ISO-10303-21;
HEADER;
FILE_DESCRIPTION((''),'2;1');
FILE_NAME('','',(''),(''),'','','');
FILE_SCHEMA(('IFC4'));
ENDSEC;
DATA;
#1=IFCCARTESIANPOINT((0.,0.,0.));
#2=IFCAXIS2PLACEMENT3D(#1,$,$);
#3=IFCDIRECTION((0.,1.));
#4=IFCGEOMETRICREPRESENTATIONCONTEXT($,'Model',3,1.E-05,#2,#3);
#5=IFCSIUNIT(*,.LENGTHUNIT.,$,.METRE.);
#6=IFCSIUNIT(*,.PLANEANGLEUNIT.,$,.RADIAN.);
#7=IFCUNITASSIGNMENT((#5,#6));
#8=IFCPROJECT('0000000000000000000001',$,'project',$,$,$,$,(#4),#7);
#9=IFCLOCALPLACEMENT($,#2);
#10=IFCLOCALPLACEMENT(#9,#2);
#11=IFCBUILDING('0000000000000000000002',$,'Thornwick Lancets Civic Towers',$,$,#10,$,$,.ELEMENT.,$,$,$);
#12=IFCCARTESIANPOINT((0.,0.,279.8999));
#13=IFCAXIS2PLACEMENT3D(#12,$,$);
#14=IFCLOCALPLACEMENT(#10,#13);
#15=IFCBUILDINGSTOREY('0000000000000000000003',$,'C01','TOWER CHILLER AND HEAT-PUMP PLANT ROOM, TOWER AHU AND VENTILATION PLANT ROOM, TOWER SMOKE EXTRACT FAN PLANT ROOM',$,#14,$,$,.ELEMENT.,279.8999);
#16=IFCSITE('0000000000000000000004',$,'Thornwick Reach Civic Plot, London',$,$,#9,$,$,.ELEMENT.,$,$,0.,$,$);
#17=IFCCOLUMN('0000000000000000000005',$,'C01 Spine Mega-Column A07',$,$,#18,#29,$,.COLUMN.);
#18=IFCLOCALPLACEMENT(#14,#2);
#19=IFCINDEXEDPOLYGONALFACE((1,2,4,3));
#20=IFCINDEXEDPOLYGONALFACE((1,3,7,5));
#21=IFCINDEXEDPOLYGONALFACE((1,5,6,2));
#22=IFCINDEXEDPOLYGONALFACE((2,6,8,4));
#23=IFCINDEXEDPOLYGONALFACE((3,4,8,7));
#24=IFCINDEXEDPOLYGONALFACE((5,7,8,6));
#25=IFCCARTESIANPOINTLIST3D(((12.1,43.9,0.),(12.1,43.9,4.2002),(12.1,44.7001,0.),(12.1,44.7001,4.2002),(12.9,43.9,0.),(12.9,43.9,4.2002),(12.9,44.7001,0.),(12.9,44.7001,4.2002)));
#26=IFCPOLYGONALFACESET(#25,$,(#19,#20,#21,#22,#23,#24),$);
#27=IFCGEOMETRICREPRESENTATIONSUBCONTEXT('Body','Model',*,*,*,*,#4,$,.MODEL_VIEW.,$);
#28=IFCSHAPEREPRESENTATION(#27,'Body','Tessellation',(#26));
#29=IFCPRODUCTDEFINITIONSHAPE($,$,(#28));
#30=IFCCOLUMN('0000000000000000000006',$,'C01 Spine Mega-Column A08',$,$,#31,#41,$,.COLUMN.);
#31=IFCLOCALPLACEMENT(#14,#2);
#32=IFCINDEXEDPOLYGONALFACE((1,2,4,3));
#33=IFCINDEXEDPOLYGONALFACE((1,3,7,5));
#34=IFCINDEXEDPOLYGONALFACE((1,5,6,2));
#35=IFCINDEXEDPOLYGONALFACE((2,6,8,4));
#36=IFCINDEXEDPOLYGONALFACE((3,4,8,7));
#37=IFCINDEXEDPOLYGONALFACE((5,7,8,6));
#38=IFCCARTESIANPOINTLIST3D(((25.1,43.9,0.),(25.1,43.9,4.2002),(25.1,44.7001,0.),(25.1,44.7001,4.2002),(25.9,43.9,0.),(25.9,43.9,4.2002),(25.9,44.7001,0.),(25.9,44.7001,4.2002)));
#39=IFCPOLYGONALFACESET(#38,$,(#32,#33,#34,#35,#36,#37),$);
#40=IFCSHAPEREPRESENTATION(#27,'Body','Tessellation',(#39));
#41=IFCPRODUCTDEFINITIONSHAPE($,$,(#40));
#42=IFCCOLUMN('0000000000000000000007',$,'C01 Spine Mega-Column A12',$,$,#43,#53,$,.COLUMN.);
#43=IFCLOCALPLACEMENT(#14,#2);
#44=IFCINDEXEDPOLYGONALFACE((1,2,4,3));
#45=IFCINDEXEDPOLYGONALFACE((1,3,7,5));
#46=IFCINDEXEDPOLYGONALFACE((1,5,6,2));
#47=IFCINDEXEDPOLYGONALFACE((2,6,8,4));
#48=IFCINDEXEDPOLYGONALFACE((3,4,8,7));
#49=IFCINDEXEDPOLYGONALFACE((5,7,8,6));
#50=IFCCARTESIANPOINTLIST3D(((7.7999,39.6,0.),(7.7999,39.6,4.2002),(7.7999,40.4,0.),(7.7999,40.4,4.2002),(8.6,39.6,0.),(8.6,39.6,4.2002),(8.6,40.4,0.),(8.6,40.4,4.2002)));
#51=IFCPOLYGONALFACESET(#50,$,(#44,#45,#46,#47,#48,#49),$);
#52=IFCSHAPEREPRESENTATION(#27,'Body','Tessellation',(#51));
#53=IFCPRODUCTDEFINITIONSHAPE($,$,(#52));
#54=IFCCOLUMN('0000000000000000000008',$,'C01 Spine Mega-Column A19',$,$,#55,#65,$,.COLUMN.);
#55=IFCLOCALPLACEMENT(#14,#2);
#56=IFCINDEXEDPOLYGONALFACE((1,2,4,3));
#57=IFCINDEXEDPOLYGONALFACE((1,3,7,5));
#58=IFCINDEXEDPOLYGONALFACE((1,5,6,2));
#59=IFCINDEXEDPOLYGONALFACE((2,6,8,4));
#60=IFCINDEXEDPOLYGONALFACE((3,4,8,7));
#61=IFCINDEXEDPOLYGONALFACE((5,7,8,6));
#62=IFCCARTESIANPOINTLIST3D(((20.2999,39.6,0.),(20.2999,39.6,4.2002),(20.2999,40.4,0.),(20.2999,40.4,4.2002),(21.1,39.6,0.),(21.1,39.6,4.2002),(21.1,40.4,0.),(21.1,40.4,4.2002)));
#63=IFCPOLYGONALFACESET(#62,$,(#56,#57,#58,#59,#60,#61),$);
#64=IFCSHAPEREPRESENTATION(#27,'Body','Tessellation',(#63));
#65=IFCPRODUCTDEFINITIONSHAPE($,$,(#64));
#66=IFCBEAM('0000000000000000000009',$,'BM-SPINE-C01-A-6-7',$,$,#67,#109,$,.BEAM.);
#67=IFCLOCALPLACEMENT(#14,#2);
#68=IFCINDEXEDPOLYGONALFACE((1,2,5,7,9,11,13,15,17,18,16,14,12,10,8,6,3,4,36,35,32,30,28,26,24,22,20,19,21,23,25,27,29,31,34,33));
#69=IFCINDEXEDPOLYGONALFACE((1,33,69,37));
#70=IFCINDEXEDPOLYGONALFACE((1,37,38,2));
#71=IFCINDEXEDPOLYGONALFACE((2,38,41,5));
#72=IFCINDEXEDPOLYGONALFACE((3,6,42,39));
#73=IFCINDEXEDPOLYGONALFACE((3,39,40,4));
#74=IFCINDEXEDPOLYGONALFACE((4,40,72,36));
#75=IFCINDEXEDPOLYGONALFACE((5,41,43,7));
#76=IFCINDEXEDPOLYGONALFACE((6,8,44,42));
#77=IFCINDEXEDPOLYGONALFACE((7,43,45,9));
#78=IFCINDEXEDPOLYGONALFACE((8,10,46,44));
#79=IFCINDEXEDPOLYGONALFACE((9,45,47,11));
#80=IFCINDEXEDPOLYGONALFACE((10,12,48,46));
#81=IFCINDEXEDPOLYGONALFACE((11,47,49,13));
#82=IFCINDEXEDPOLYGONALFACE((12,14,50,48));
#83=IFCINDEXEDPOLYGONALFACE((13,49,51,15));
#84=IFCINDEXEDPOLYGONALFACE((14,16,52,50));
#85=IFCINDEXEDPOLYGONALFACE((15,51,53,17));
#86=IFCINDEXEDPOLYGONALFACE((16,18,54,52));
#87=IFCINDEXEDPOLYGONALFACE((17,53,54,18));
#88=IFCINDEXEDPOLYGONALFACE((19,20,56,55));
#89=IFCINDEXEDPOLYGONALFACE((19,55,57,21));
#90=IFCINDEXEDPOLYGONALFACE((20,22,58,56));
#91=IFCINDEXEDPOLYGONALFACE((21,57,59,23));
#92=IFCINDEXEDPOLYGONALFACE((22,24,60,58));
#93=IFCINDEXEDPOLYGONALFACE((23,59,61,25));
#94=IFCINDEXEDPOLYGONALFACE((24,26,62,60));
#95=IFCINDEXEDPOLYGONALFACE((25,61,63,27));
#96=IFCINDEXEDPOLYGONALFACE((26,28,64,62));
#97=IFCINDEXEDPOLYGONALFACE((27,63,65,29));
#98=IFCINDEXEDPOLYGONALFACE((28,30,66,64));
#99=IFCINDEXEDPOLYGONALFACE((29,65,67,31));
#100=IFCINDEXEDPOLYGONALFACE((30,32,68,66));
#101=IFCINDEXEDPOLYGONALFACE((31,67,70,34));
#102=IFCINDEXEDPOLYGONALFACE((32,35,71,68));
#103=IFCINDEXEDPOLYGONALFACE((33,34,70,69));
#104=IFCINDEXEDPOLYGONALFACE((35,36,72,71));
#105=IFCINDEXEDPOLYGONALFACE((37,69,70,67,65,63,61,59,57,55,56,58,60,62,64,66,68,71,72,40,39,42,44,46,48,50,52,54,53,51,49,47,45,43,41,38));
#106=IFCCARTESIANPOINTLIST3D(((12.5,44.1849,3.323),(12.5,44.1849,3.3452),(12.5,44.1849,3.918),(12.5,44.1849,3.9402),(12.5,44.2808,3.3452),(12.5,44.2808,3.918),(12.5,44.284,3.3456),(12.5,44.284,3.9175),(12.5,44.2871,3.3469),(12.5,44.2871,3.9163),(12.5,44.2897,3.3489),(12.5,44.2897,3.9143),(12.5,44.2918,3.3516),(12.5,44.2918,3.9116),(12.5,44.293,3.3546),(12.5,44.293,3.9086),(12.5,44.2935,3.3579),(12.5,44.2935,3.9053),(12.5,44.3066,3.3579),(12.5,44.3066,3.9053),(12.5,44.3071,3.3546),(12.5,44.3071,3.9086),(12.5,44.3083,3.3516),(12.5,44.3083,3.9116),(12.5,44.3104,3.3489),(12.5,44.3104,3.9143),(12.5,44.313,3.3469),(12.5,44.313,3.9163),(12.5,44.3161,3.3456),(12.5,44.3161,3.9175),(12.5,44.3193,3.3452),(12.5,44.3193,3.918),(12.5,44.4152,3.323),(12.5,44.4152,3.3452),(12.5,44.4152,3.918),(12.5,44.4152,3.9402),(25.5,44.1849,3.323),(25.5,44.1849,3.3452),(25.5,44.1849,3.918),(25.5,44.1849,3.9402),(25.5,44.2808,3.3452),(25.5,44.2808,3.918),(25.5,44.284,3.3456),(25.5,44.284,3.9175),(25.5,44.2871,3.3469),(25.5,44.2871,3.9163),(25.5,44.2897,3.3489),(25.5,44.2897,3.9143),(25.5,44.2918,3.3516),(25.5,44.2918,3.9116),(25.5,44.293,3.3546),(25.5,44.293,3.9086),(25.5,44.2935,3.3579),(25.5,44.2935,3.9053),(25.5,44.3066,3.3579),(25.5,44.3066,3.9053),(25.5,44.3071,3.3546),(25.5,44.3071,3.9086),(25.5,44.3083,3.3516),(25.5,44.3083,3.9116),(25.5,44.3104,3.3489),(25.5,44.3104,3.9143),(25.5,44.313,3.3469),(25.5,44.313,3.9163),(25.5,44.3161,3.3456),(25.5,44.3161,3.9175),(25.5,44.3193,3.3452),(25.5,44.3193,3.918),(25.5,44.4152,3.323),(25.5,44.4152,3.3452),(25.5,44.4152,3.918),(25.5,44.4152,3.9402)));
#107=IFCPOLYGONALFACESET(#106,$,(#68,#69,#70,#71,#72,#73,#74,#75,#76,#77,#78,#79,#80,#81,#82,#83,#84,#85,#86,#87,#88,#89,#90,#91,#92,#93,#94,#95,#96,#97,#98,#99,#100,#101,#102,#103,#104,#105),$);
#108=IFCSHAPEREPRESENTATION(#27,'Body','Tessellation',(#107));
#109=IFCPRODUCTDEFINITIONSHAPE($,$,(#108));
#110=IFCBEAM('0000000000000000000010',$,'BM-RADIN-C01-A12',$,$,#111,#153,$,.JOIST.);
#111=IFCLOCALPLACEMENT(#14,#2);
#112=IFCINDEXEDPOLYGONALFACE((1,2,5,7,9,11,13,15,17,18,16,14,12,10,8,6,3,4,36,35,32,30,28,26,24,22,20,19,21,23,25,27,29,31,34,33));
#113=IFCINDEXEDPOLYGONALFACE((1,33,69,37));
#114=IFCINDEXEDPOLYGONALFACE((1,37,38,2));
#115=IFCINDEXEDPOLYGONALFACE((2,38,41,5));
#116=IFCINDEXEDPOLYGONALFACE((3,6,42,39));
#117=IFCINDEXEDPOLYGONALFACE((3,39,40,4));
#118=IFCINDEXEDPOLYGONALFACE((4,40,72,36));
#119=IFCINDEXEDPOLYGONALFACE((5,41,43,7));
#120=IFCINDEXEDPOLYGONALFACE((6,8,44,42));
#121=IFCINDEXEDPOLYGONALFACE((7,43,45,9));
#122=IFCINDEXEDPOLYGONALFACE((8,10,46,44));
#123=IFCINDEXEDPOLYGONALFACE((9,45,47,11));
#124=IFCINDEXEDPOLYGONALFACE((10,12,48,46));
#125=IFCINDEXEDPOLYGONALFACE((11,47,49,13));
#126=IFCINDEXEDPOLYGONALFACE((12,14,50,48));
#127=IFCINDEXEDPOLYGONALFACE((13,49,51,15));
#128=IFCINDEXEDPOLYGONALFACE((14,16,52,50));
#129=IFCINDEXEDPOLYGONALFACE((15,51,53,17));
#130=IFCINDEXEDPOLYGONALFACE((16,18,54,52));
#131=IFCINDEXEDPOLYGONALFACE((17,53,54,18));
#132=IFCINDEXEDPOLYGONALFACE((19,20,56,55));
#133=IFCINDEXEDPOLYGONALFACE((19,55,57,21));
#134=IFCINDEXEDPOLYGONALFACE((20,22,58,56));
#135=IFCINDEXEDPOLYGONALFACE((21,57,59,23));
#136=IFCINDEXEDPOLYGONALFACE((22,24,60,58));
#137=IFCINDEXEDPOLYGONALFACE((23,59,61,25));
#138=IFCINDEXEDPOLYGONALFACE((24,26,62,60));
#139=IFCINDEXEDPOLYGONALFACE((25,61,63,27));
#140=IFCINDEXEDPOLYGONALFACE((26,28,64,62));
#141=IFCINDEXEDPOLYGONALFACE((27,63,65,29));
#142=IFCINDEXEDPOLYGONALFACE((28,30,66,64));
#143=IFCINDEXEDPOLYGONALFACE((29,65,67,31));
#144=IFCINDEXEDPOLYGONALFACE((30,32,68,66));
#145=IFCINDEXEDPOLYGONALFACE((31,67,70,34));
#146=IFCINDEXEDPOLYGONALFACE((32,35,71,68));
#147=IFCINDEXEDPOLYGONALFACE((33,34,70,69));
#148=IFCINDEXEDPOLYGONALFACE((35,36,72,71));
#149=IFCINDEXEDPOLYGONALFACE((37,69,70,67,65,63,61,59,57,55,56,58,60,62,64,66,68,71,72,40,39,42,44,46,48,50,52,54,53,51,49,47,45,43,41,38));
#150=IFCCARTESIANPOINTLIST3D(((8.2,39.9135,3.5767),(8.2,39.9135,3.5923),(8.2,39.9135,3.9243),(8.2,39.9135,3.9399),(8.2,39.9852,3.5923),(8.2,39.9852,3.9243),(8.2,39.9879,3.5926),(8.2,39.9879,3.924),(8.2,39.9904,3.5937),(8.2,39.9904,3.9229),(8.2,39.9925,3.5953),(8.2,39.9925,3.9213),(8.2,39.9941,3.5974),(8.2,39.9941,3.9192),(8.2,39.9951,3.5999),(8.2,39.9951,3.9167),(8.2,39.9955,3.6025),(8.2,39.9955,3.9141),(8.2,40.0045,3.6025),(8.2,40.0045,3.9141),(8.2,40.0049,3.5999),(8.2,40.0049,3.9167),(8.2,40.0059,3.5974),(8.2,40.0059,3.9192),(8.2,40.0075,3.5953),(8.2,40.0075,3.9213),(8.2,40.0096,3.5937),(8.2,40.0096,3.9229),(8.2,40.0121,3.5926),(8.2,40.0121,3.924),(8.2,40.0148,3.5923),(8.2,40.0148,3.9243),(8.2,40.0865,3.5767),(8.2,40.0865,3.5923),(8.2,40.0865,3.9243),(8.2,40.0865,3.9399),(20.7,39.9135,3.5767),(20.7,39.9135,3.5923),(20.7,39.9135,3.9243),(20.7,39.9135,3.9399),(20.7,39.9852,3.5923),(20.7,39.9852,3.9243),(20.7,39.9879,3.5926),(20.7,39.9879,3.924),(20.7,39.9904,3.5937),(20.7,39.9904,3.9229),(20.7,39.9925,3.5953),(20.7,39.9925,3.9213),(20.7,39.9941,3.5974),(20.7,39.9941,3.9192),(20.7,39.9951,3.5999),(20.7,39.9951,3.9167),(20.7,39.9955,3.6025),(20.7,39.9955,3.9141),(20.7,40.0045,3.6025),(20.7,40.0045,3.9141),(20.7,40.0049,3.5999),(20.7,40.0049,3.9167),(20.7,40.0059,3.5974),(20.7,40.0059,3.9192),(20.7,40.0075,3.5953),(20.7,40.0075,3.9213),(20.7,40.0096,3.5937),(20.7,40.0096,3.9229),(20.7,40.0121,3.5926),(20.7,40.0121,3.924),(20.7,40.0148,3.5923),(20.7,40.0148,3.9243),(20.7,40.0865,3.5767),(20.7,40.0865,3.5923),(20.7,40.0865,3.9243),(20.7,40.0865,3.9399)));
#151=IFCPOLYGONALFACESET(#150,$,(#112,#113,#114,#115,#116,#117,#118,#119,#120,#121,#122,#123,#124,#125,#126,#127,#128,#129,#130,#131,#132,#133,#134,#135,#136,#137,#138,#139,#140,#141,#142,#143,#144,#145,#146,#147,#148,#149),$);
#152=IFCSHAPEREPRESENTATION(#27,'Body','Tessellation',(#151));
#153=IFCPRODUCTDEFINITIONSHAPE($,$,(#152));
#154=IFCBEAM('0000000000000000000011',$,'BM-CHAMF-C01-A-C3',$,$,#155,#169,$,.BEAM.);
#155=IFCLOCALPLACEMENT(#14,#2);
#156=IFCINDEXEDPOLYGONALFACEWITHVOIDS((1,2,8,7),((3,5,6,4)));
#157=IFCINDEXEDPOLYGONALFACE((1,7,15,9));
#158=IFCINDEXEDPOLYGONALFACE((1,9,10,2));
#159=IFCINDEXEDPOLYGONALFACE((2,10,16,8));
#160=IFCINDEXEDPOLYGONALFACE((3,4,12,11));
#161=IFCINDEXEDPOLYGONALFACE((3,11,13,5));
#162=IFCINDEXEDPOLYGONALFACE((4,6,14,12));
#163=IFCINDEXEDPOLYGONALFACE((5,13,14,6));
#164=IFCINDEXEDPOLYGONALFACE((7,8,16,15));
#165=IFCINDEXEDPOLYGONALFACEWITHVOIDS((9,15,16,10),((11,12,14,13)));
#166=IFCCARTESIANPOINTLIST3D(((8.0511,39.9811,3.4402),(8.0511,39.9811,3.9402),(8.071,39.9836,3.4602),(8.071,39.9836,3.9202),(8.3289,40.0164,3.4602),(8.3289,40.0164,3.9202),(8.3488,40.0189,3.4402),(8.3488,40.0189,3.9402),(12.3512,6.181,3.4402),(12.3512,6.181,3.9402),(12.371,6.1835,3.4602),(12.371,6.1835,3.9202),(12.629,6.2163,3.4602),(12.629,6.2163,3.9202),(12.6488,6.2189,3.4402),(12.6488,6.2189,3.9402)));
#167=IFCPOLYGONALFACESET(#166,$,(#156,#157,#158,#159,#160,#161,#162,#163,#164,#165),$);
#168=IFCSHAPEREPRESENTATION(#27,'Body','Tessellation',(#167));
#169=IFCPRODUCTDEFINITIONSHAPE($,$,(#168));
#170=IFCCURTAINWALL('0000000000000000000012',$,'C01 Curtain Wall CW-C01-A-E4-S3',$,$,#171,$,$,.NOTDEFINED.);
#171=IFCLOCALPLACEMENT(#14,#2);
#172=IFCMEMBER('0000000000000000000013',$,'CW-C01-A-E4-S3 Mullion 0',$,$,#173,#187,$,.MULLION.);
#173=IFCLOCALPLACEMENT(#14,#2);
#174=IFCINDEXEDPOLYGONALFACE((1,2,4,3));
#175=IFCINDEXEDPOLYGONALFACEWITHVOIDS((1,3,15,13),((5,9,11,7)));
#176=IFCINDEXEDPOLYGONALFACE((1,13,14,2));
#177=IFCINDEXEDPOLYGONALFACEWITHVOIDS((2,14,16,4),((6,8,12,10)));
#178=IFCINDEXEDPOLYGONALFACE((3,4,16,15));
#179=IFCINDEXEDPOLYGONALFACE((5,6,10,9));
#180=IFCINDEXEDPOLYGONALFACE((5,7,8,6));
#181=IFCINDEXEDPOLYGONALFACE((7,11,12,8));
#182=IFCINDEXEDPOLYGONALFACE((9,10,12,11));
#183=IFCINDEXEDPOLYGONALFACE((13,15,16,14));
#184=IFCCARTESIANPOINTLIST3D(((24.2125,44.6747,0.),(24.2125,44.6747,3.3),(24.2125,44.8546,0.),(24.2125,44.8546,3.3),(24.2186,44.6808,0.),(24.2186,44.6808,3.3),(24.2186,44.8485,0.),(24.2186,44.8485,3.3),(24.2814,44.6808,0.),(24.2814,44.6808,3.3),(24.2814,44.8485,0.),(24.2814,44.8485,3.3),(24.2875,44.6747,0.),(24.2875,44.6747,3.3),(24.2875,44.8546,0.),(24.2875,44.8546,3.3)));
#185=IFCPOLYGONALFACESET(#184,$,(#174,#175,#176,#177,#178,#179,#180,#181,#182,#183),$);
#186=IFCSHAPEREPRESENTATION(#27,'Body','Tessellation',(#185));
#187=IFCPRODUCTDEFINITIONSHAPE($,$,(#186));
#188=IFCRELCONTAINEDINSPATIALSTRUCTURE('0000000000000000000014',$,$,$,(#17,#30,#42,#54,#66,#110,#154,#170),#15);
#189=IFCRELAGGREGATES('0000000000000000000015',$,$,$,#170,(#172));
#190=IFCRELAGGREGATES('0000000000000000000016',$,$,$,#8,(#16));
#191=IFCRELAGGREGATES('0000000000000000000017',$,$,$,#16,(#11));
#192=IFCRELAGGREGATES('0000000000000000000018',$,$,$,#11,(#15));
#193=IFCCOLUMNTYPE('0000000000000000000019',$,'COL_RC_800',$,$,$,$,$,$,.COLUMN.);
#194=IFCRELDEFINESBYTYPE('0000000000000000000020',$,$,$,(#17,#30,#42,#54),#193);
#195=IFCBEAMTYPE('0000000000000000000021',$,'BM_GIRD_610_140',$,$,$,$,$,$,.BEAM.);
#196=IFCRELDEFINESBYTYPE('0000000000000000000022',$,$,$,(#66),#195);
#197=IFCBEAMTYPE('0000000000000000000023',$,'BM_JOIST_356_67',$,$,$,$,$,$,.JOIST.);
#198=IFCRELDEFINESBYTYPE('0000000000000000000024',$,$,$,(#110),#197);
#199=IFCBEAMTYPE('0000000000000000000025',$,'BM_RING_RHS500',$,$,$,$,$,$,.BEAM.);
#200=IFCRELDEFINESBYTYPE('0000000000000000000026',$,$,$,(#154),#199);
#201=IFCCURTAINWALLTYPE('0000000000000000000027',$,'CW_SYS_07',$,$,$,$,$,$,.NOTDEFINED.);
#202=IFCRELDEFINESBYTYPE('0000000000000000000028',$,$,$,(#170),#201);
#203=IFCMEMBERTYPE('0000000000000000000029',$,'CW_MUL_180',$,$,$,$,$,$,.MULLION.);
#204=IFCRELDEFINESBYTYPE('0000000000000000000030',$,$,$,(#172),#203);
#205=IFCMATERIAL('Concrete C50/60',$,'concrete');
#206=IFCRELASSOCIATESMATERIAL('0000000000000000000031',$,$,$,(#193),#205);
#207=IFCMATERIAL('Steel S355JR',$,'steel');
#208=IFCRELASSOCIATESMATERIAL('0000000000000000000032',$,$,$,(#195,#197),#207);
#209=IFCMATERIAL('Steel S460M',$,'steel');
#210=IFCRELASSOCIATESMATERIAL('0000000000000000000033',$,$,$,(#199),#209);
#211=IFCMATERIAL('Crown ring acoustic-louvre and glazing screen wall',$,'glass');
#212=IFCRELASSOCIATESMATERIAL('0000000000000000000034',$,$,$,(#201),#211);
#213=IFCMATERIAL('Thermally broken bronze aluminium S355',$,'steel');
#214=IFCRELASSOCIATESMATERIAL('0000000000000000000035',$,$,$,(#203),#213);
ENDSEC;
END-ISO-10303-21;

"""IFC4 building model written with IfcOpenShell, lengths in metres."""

from ifc_helpers import new_model, si_unit, direction, frame, origin, origin_2d, place, context, subcontext, project, spatial, rectangle, hollow_rectangle, i_section, extrude, material, material_profile, profile_set, type_object, element, aggregate, save


model = new_model("IFC4")

# Units and contexts
model_context = context("Model", 3, precision=1e-05, world=origin(), true_north=direction((0.0, 1.0)))
body_context = subcontext(model_context, "Body", "Model", "MODEL_VIEW")
ifc_project = project(units=[si_unit("LENGTHUNIT", "METRE"), si_unit("PLANEANGLEUNIT", "RADIAN")], contexts=[model_context])

# Site, building, storey
site_placement = place(None, origin())
site = spatial("IfcSite", under=ifc_project, at=site_placement, Name="Thornwick Reach Civic Plot, London", CompositionType="ELEMENT", RefElevation=0.0)
building_placement = place(site_placement, origin())
building = spatial("IfcBuilding", under=site, at=building_placement, Name="Thornwick Lancets Civic Towers", CompositionType="ELEMENT")
storey_placement = place(building_placement, frame((0.0, 0.0, 279.8999)))
storey = spatial("IfcBuildingStorey", under=building, at=storey_placement, Name="C01", Description="TOWER CHILLER AND HEAT-PUMP PLANT ROOM, TOWER AHU AND VENTILATION PLANT ROOM, TOWER SMOKE EXTRACT FAN PLANT ROOM", CompositionType="ELEMENT", Elevation=279.8999)

# Columns
ifc_material_1 = material(Name="Concrete C50/60", Category="concrete")
ifc_material_profile_1 = material_profile(ifc_material_1, rectangle(XDim=0.8, YDim=0.8, at=origin_2d()), Name="RC 800x800")
ifc_profile_set_1 = profile_set([ifc_material_profile_1], Name="Concrete C50/60")
column_type = type_object("IfcColumnType", Name="COL_RC_800", PredefinedType="COLUMN", material=ifc_profile_set_1)
for number, where, z_axis, x_axis, name in (
    (1, (12.5, 44.3, 0.0), (0.0, 0.0, 1.0), (1.0, 0.0, 0.0), "C01 Spine Mega-Column A07"),
    (2, (25.5, 44.3, 0.0), (0.0, 0.0, 1.0), (1.0, 0.0, 0.0), "C01 Spine Mega-Column A08"),
    (3, (8.2, 40.0, 0.0), (0.0, 0.0, 1.0), (1.0, 0.0, 0.0), "C01 Spine Mega-Column A12"),
    (4, (20.7, 40.0, 0.0), (0.0, 0.0, 1.0), (1.0, 0.0, 0.0), "C01 Spine Mega-Column A19"),
):
    element("IfcColumn", number, at=place(storey_placement, frame(where, z_axis=z_axis, x_axis=x_axis)), inside=storey, type_object=column_type, Name=name, PredefinedType="COLUMN", context=body_context, shape_type="SweptSolid", body=[
        extrude(rectangle(XDim=0.8, YDim=0.8, at=origin_2d()), origin(), (0.0, 0.0, 1.0), 4.2002),
    ])

# Beams
ifc_material_2 = material(Name="Steel S355JR", Category="steel")
ifc_material_profile_2 = material_profile(ifc_material_2, i_section(OverallWidth=0.2302, OverallDepth=0.6172, WebThickness=0.0132, FlangeThickness=0.0222, FilletRadius=0.0127, at=origin_2d()), Name="UKB 610x229x140")
ifc_profile_set_2 = profile_set([ifc_material_profile_2], Name="Steel S355JR")
beam_type_1 = type_object("IfcBeamType", Name="BM_GIRD_610_140", PredefinedType="BEAM", material=ifc_profile_set_2)
beam_1_placement = place(storey_placement, frame((12.5, 44.3, 3.6316), z_axis=(1.0, 0.0, 0.0), x_axis=(0.0, 1.0, 0.0)))
element("IfcBeam", 5, at=beam_1_placement, inside=storey, type_object=beam_type_1, Name="BM-SPINE-C01-A-6-7", PredefinedType="BEAM", context=body_context, shape_type="SweptSolid", body=[
    extrude(i_section(OverallWidth=0.2302, OverallDepth=0.6172, WebThickness=0.0132, FlangeThickness=0.0222, FilletRadius=0.0127, at=origin_2d()), origin(), (0.0, 0.0, 1.0), 13.0),
])
ifc_material_profile_3 = material_profile(ifc_material_2, i_section(OverallWidth=0.1731, OverallDepth=0.3633, WebThickness=0.009, FlangeThickness=0.0156, FilletRadius=0.0103, at=origin_2d()), Name="UKB 356x171x67")
ifc_profile_set_3 = profile_set([ifc_material_profile_3], Name="Steel S355JR")
beam_type_2 = type_object("IfcBeamType", Name="BM_JOIST_356_67", PredefinedType="JOIST", material=ifc_profile_set_3)
beam_2_placement = place(storey_placement, frame((20.7, 40.0, 3.7583), z_axis=(-1.0, 0.0, 0.0), x_axis=(0.0, -1.0, 0.0)))
element("IfcBeam", 6, at=beam_2_placement, inside=storey, type_object=beam_type_2, Name="BM-RADIN-C01-A12", PredefinedType="JOIST", context=body_context, shape_type="SweptSolid", body=[
    extrude(i_section(OverallWidth=0.1731, OverallDepth=0.3633, WebThickness=0.009, FlangeThickness=0.0156, FilletRadius=0.0103, at=origin_2d()), origin(), (0.0, 0.0, 1.0), 12.5),
])
ifc_material_3 = material(Name="Steel S460M", Category="steel")
ifc_material_profile_4 = material_profile(ifc_material_3, hollow_rectangle(XDim=0.3, YDim=0.5, WallThickness=0.02, at=origin_2d()), Name="RHS 500x300x20")
ifc_profile_set_4 = profile_set([ifc_material_profile_4], Name="Steel S460M")
beam_type_3 = type_object("IfcBeamType", Name="BM_RING_RHS500", PredefinedType="BEAM", material=ifc_profile_set_4)
beam_3_placement = place(storey_placement, frame((8.2, 40.0, 3.6902), z_axis=(0.126203, -0.992004, 0.0), x_axis=(0.992004, 0.126203, 0.0)))
element("IfcBeam", 7, at=beam_3_placement, inside=storey, type_object=beam_type_3, Name="BM-CHAMF-C01-A-C3", PredefinedType="BEAM", context=body_context, shape_type="SweptSolid", body=[
    extrude(hollow_rectangle(XDim=0.3, YDim=0.5, WallThickness=0.02, at=origin_2d()), origin(), (0.0, 0.0, 1.0), 34.0725),
])

# Curtain wall, member
ifc_material_4 = material(Name="Crown ring acoustic-louvre and glazing screen wall", Category="glass")
curtain_wall_type = type_object("IfcCurtainWallType", Name="CW_SYS_07", PredefinedType="NOTDEFINED", material=ifc_material_4)
curtain_wall_1_placement = place(storey_placement, origin())
curtain_wall_1 = element("IfcCurtainWall", 8, at=curtain_wall_1_placement, inside=storey, type_object=curtain_wall_type, Name="C01 Curtain Wall CW-C01-A-E4-S3", PredefinedType="NOTDEFINED")
ifc_material_5 = material(Name="Thermally broken bronze aluminium S355", Category="steel")
ifc_material_profile_5 = material_profile(ifc_material_5, hollow_rectangle(XDim=0.075, YDim=0.1799, WallThickness=0.0061, at=origin_2d()), Name="RHS 180x75x6")
ifc_profile_set_5 = profile_set([ifc_material_profile_5], Name="Thermally broken bronze aluminium S355")
member_type_1 = type_object("IfcMemberType", Name="CW_MUL_180", PredefinedType="MULLION", material=ifc_profile_set_5)
member_1_placement = place(storey_placement, frame((24.25, 44.7646, 0.0), z_axis=(0.0, 0.0, 1.0), x_axis=(1.0, 0.0, 0.0)))
member_1 = element("IfcMember", 9, at=member_1_placement, type_object=member_type_1, Name="CW-C01-A-E4-S3 Mullion 0", PredefinedType="MULLION", context=body_context, shape_type="SweptSolid", body=[
    extrude(hollow_rectangle(XDim=0.075, YDim=0.1799, WallThickness=0.0061, at=origin_2d()), origin(), (0.0, 0.0, 1.0), 3.3),
])

aggregate(curtain_wall_1, [member_1])

save(model, "model.ifc")
